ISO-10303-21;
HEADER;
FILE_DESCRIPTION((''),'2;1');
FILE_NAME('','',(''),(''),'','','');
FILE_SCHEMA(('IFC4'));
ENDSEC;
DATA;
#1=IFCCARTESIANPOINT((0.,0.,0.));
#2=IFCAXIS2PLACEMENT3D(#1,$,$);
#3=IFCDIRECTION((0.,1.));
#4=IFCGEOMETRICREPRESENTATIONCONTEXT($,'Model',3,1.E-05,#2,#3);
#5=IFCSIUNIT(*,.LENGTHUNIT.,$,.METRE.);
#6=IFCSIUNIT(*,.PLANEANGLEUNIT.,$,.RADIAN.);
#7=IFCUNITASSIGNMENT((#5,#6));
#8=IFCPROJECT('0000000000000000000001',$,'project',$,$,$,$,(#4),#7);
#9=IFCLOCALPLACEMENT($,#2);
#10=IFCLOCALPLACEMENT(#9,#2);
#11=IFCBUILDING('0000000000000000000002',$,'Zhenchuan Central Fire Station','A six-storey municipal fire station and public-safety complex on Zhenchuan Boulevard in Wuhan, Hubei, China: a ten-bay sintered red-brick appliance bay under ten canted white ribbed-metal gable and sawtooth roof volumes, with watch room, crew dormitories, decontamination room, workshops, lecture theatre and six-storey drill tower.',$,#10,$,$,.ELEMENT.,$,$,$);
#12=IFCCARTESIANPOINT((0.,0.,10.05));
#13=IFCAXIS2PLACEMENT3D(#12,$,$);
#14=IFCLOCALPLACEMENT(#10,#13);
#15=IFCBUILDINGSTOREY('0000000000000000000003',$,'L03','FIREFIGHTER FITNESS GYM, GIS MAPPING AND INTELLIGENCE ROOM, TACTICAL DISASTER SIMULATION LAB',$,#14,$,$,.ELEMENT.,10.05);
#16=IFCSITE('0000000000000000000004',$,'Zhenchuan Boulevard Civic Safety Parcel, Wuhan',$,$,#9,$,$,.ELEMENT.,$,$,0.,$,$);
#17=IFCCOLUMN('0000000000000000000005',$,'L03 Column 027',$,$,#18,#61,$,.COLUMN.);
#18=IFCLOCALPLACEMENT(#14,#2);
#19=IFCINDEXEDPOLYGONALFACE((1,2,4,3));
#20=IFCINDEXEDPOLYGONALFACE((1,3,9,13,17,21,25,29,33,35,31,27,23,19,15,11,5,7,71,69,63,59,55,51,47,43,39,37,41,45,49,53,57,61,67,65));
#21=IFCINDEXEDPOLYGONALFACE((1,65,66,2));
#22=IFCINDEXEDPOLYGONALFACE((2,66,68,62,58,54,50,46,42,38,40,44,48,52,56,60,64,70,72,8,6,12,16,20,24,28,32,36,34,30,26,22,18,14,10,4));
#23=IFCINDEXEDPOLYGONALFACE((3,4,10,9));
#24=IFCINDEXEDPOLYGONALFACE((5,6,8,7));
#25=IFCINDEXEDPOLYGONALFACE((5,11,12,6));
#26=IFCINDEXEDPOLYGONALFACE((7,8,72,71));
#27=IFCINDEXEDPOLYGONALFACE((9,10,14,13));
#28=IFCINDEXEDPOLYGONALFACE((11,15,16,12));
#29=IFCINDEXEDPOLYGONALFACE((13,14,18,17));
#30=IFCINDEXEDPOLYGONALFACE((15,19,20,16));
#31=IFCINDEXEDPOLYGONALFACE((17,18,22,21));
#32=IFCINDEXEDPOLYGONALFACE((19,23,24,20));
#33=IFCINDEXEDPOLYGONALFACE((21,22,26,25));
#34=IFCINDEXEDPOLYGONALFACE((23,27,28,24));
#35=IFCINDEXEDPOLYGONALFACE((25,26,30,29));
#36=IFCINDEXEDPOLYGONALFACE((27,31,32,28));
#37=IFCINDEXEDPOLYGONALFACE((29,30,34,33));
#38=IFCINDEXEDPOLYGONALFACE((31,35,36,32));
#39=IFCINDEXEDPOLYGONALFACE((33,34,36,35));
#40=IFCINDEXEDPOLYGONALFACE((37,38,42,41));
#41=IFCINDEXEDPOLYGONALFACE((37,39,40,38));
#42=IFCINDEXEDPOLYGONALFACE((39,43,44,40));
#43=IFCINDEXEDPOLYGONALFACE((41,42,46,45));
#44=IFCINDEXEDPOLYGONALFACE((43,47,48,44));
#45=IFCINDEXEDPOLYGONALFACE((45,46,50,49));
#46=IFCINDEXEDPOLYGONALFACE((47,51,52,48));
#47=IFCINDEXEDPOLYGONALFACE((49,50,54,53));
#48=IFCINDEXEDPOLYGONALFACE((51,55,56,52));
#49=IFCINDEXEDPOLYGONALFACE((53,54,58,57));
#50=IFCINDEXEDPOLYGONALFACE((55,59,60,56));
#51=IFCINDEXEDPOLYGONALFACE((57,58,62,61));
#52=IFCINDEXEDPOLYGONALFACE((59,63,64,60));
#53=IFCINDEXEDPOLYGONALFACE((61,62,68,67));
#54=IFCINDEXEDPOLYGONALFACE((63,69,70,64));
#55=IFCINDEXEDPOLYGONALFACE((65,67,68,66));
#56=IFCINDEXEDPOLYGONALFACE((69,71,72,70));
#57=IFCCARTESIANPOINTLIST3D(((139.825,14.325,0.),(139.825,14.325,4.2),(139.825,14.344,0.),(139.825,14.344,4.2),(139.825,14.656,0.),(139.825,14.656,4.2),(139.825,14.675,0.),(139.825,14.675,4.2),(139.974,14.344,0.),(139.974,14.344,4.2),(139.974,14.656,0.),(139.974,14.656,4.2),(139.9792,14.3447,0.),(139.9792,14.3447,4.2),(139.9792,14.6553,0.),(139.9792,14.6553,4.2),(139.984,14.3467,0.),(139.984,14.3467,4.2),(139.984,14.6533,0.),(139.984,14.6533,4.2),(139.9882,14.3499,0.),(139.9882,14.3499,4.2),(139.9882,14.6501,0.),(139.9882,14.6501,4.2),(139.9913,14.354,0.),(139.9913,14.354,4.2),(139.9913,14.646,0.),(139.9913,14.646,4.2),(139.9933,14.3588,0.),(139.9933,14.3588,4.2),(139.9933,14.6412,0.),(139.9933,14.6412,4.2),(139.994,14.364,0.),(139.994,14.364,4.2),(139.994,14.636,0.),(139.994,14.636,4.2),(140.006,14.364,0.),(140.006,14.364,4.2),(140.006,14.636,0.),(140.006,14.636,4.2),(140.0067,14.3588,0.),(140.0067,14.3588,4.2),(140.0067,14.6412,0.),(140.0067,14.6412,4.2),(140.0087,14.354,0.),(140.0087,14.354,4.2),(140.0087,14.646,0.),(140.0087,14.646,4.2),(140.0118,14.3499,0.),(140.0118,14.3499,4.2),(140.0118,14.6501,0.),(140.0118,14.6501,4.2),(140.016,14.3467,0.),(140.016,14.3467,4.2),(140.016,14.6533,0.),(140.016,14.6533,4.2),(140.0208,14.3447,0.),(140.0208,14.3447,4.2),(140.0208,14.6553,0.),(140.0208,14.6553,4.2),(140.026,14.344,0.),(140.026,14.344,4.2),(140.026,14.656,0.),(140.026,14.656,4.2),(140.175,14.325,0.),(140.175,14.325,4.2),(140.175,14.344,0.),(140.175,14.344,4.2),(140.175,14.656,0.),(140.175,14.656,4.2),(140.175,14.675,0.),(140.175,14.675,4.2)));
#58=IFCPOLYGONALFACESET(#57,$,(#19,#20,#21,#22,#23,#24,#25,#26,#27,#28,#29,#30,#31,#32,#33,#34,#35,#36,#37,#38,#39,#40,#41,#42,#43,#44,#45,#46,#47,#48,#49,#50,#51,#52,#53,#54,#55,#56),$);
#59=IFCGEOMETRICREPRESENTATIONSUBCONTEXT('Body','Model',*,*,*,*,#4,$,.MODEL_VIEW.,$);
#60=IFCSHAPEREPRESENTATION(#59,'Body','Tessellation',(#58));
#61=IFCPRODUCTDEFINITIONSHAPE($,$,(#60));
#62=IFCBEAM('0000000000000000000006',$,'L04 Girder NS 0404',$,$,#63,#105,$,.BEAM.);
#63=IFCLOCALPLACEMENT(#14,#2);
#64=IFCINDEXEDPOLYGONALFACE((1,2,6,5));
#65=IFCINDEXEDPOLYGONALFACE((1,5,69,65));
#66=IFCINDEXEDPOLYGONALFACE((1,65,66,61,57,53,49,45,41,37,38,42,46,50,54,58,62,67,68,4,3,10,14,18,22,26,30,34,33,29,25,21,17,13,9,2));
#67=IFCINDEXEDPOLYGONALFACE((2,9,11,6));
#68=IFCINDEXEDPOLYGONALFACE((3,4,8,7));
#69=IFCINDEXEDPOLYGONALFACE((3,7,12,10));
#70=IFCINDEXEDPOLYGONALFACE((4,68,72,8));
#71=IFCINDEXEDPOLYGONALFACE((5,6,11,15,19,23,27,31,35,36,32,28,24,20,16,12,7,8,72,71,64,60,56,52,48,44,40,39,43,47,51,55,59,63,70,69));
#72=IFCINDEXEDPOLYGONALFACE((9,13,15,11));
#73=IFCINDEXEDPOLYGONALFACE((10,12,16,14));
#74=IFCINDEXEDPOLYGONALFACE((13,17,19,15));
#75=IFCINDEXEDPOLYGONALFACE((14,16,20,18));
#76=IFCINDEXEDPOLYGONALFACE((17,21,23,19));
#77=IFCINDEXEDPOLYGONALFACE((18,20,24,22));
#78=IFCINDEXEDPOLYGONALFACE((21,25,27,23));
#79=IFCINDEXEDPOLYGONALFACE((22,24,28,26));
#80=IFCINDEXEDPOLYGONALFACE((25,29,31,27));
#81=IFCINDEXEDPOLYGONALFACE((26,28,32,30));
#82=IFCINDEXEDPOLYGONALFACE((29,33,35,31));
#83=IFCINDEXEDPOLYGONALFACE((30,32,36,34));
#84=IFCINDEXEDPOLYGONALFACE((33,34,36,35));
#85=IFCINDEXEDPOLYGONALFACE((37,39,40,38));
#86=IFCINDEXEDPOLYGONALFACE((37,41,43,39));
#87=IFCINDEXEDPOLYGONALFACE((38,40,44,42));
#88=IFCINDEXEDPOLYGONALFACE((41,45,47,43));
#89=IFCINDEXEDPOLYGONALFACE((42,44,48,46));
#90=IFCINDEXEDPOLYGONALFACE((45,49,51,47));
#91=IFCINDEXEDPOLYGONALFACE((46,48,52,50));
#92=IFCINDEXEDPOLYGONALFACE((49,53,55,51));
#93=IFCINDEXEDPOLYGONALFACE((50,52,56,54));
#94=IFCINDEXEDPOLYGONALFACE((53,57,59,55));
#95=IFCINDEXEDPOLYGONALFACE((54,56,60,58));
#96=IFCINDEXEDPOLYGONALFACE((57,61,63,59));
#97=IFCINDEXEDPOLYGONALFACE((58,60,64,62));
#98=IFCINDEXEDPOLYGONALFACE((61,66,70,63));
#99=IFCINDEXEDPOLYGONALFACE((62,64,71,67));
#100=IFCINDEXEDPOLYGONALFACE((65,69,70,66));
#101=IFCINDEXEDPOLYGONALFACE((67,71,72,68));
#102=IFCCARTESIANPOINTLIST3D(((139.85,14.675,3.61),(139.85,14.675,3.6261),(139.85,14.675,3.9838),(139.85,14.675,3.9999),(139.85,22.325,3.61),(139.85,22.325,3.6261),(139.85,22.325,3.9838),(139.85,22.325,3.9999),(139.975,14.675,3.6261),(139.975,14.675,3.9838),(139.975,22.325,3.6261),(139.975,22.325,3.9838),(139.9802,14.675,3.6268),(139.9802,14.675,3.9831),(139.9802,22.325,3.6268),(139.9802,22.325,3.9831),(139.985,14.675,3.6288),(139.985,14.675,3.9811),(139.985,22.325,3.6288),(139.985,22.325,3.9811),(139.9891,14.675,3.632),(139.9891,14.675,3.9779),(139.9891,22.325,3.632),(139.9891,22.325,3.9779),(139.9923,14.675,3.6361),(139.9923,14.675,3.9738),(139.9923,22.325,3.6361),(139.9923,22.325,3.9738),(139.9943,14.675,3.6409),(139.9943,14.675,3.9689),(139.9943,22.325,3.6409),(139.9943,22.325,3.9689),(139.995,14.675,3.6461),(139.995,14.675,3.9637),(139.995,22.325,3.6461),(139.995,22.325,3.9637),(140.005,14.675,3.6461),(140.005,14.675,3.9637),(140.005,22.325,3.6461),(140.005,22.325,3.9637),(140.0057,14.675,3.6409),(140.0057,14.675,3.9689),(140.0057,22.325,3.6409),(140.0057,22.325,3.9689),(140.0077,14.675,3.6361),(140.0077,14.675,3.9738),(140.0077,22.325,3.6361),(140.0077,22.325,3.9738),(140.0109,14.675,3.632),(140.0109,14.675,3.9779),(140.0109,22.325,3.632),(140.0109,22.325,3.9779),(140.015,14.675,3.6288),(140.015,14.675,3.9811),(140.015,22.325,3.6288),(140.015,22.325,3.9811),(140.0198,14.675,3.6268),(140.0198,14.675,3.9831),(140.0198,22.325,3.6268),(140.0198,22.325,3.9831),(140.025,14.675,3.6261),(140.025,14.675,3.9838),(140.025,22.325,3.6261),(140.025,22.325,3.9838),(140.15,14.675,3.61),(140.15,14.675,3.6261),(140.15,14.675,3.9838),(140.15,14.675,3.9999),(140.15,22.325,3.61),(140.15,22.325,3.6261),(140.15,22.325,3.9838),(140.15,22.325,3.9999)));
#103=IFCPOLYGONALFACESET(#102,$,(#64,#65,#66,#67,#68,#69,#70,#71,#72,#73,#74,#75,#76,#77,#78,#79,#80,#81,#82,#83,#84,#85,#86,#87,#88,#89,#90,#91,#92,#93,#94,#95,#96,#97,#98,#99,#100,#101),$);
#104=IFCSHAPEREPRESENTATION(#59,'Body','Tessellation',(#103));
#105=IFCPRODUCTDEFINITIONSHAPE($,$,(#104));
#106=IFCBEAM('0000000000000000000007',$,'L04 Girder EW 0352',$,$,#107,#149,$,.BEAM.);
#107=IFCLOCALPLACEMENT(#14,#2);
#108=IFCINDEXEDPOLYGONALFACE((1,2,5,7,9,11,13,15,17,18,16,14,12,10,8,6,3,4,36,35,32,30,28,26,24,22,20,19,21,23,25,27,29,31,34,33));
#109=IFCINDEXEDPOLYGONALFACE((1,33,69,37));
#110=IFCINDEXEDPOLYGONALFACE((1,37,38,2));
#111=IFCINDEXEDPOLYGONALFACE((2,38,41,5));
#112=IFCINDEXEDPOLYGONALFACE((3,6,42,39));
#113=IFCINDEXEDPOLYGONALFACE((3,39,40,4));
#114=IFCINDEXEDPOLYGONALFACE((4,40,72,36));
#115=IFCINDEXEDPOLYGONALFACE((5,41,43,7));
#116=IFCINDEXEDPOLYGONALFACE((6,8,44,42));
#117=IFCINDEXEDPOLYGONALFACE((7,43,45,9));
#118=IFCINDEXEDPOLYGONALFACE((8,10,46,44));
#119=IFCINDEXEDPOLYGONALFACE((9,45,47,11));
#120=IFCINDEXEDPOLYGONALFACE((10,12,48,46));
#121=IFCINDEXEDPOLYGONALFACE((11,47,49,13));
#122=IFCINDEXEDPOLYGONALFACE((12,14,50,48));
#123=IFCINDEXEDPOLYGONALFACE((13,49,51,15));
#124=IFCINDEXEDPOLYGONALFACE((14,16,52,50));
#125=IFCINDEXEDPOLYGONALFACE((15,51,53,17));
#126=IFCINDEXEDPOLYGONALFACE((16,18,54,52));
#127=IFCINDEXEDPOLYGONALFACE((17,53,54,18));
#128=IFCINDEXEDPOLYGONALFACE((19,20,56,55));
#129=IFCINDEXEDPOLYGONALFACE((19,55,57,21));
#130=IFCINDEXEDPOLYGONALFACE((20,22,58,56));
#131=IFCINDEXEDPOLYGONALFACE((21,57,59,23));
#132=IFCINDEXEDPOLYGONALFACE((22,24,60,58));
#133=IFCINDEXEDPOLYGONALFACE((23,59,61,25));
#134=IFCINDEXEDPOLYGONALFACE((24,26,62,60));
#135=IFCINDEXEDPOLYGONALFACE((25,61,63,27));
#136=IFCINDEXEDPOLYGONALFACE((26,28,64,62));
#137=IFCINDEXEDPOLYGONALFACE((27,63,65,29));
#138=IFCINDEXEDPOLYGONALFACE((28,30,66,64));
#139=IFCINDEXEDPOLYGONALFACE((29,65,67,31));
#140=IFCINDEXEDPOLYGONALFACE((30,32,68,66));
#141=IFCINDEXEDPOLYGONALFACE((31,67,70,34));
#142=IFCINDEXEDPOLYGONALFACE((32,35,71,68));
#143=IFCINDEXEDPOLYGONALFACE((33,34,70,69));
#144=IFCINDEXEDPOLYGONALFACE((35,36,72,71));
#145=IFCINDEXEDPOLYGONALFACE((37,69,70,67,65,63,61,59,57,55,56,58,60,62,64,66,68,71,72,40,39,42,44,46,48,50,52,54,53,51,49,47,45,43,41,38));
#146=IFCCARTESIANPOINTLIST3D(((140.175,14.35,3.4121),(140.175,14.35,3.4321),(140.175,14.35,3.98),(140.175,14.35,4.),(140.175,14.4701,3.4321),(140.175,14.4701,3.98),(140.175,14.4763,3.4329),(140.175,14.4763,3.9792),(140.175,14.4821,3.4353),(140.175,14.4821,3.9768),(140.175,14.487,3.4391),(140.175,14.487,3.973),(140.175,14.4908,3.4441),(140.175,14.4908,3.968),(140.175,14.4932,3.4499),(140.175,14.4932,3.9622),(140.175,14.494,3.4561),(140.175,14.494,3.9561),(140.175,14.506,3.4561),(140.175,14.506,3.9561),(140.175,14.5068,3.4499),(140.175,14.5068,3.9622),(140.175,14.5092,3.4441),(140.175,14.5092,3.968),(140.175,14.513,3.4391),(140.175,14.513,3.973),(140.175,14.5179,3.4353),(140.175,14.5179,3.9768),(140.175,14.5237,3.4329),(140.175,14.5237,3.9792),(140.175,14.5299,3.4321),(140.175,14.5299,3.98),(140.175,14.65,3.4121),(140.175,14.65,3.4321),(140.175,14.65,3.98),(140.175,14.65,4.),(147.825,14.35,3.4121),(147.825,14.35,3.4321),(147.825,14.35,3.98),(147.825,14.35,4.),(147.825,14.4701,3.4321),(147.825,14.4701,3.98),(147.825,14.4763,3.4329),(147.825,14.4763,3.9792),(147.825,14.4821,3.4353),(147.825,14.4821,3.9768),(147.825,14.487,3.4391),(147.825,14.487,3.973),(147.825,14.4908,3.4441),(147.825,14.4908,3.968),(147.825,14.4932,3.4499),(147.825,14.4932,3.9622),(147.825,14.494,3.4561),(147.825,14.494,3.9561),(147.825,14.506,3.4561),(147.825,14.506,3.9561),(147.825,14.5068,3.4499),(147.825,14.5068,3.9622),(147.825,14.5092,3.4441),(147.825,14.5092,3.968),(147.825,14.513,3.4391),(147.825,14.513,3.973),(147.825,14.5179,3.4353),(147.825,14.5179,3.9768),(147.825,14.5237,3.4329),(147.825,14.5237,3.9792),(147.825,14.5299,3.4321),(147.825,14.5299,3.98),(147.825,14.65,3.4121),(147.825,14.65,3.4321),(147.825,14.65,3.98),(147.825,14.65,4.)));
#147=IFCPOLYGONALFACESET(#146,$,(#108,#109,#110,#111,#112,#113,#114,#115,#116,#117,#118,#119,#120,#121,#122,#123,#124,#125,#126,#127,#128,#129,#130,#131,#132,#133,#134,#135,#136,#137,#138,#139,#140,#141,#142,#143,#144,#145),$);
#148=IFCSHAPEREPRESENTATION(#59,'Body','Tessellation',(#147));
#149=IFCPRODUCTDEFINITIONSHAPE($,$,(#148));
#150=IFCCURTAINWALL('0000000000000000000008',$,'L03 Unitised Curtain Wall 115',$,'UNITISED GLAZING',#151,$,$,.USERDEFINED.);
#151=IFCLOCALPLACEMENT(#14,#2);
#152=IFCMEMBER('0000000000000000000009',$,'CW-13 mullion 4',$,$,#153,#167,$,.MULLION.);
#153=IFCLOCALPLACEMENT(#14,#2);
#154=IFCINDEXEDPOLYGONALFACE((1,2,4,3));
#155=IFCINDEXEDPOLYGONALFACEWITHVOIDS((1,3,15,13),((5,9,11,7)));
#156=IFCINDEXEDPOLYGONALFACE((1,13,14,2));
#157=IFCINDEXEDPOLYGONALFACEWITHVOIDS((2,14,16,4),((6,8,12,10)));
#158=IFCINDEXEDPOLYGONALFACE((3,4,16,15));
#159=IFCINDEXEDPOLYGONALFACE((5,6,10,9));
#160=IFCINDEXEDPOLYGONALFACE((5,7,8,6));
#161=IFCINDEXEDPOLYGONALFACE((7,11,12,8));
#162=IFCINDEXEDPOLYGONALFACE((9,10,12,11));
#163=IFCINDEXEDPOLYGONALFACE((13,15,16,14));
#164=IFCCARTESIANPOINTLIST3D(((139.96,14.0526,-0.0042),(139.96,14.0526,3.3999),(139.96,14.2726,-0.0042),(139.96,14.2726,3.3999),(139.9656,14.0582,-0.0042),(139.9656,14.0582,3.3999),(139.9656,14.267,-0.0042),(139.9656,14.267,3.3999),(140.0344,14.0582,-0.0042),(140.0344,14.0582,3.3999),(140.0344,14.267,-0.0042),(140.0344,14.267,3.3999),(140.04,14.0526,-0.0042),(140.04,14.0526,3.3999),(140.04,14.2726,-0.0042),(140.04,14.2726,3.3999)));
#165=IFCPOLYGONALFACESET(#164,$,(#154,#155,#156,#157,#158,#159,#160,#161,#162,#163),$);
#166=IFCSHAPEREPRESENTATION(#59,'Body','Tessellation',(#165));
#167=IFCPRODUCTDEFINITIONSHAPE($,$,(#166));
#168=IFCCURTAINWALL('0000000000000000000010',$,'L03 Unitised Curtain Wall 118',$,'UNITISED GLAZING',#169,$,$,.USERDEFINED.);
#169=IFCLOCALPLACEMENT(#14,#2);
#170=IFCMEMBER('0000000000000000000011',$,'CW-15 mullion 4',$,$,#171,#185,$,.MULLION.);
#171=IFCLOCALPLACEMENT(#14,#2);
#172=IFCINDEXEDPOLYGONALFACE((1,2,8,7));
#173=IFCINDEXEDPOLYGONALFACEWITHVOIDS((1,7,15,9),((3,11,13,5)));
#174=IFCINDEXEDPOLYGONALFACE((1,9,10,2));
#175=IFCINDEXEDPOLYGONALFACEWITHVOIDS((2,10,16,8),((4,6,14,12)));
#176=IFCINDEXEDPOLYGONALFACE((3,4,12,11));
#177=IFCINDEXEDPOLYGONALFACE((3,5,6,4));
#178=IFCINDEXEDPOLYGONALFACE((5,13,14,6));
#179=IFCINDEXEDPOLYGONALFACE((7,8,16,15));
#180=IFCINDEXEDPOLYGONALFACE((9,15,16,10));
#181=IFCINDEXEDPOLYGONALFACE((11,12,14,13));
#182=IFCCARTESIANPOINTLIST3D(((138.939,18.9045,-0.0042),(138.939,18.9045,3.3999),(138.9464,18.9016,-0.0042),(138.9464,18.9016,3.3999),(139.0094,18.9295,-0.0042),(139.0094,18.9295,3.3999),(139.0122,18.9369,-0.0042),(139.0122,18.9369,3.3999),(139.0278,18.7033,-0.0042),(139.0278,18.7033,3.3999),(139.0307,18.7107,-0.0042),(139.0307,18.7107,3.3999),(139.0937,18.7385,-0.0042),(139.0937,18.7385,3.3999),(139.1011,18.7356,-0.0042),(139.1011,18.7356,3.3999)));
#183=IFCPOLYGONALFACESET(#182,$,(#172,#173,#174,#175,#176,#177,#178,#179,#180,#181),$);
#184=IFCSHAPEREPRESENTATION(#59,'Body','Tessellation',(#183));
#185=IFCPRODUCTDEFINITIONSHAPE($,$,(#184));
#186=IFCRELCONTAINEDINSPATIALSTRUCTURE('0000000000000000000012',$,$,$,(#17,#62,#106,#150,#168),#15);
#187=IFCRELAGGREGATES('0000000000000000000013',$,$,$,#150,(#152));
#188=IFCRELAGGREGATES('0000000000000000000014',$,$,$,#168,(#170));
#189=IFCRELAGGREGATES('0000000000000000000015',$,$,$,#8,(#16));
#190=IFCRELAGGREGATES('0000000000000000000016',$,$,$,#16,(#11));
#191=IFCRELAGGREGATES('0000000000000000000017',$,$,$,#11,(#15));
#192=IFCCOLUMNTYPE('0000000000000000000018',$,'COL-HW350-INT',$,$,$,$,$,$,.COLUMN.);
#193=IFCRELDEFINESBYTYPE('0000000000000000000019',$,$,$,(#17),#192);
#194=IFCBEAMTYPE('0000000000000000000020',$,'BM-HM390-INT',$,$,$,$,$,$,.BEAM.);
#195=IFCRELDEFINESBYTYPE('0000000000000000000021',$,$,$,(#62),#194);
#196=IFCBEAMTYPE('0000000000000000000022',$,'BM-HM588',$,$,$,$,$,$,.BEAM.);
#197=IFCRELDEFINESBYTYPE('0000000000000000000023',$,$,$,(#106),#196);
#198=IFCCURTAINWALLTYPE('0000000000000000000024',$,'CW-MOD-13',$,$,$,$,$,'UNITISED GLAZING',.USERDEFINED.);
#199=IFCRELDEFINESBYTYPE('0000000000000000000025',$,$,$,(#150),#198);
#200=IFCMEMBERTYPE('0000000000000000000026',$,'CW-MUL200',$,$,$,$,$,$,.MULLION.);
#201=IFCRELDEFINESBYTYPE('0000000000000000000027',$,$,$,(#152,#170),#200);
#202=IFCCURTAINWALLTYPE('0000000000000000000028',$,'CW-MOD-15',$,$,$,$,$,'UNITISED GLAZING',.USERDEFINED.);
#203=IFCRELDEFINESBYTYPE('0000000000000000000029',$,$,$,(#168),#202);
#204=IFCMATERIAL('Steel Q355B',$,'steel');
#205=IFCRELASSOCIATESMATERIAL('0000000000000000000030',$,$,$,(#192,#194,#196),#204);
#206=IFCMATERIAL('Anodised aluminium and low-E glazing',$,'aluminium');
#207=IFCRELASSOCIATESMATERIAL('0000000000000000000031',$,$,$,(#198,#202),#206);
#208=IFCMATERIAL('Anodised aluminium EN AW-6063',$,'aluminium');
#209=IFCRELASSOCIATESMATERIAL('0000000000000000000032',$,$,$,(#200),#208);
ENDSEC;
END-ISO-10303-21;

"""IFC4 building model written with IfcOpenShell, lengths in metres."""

from ifc_helpers import new_model, si_unit, direction, frame, origin, origin_2d, place, context, subcontext, project, spatial, hollow_rectangle, i_section, extrude, material, material_profile, profile_set, type_object, element, aggregate, save


model = new_model("IFC4")

# Units and contexts
model_context = context("Model", 3, precision=1e-05, world=origin(), true_north=direction((0.0, 1.0)))
body_context = subcontext(model_context, "Body", "Model", "MODEL_VIEW")
ifc_project = project(units=[si_unit("LENGTHUNIT", "METRE"), si_unit("PLANEANGLEUNIT", "RADIAN")], contexts=[model_context])

# Site, building, storey
site_placement = place(None, origin())
site = spatial("IfcSite", under=ifc_project, at=site_placement, Name="Zhenchuan Boulevard Civic Safety Parcel, Wuhan", CompositionType="ELEMENT", RefElevation=0.0)
building_placement = place(site_placement, origin())
building = spatial("IfcBuilding", under=site, at=building_placement, Name="Zhenchuan Central Fire Station", Description="A six-storey municipal fire station and public-safety complex on Zhenchuan Boulevard in Wuhan, Hubei, China: a ten-bay sintered red-brick appliance bay under ten canted white ribbed-metal gable and sawtooth roof volumes, with watch room, crew dormitories, decontamination room, workshops, lecture theatre and six-storey drill tower.", CompositionType="ELEMENT")
storey_placement = place(building_placement, frame((0.0, 0.0, 10.05)))
storey = spatial("IfcBuildingStorey", under=building, at=storey_placement, Name="L03", Description="FIREFIGHTER FITNESS GYM, GIS MAPPING AND INTELLIGENCE ROOM, TACTICAL DISASTER SIMULATION LAB", CompositionType="ELEMENT", Elevation=10.05)

# Column
ifc_material_1 = material(Name="Steel Q355B", Category="steel")
ifc_material_profile_1 = material_profile(ifc_material_1, i_section(OverallWidth=0.3501, OverallDepth=0.3501, WebThickness=0.012, FlangeThickness=0.019, FilletRadius=0.02, at=origin_2d()), Name="HW 350x350")
ifc_profile_set_1 = profile_set([ifc_material_profile_1], Name="Steel Q355B")
column_type = type_object("IfcColumnType", Name="COL-HW350-INT", PredefinedType="COLUMN", material=ifc_profile_set_1)
column_placement = place(storey_placement, frame((140.0, 14.5, 0.0), z_axis=(0.0, 0.0, 1.0), x_axis=(1.0, 0.0, 0.0)))
element("IfcColumn", 1, at=column_placement, inside=storey, type_object=column_type, Name="L03 Column 027", PredefinedType="COLUMN", context=body_context, shape_type="SweptSolid", body=[
    extrude(i_section(OverallWidth=0.3501, OverallDepth=0.3501, WebThickness=0.012, FlangeThickness=0.019, FilletRadius=0.02, at=origin_2d()), origin(), (0.0, 0.0, 1.0), 4.2),
])

# Beams
ifc_material_profile_2 = material_profile(ifc_material_1, i_section(OverallWidth=0.3, OverallDepth=0.3899, WebThickness=0.01, FlangeThickness=0.0161, FilletRadius=0.02, at=origin_2d()), Name="HM 390x300")
ifc_profile_set_2 = profile_set([ifc_material_profile_2], Name="Steel Q355B")
beam_type_1 = type_object("IfcBeamType", Name="BM-HM390-INT", PredefinedType="BEAM", material=ifc_profile_set_2)
beam_1_placement = place(storey_placement, frame((140.0, 14.675, 3.8049), z_axis=(0.0, 1.0, 0.0), x_axis=(-1.0, 0.0, 0.0)))
element("IfcBeam", 2, at=beam_1_placement, inside=storey, type_object=beam_type_1, Name="L04 Girder NS 0404", PredefinedType="BEAM", context=body_context, shape_type="SweptSolid", body=[
    extrude(i_section(OverallWidth=0.3, OverallDepth=0.3899, WebThickness=0.01, FlangeThickness=0.0161, FilletRadius=0.02, at=origin_2d()), origin(), (0.0, 0.0, 1.0), 7.6499),
])
ifc_material_profile_3 = material_profile(ifc_material_1, i_section(OverallWidth=0.3, OverallDepth=0.5879, WebThickness=0.012, FlangeThickness=0.02, FilletRadius=0.0239, at=origin_2d()), Name="HM 588x300")
ifc_profile_set_3 = profile_set([ifc_material_profile_3], Name="Steel Q355B")
beam_type_2 = type_object("IfcBeamType", Name="BM-HM588", PredefinedType="BEAM", material=ifc_profile_set_3)
beam_2_placement = place(storey_placement, frame((140.175, 14.5, 3.7061), z_axis=(1.0, 0.0, 0.0), x_axis=(0.0, 1.0, 0.0)))
element("IfcBeam", 3, at=beam_2_placement, inside=storey, type_object=beam_type_2, Name="L04 Girder EW 0352", PredefinedType="BEAM", context=body_context, shape_type="SweptSolid", body=[
    extrude(i_section(OverallWidth=0.3, OverallDepth=0.5879, WebThickness=0.012, FlangeThickness=0.02, FilletRadius=0.0239, at=origin_2d()), origin(), (0.0, 0.0, 1.0), 7.6499),
])

# Curtain wall, member
ifc_material_2 = material(Name="Anodised aluminium and low-E glazing", Category="aluminium")
curtain_wall_type_1 = type_object("IfcCurtainWallType", Name="CW-MOD-13", ElementType="UNITISED GLAZING", PredefinedType="USERDEFINED", material=ifc_material_2)
curtain_wall_1_placement = place(storey_placement, origin())
curtain_wall_1 = element("IfcCurtainWall", 4, at=curtain_wall_1_placement, inside=storey, type_object=curtain_wall_type_1, Name="L03 Unitised Curtain Wall 115", ObjectType="UNITISED GLAZING", PredefinedType="USERDEFINED")
ifc_material_3 = material(Name="Anodised aluminium EN AW-6063", Category="aluminium")
ifc_material_profile_4 = material_profile(ifc_material_3, hollow_rectangle(XDim=0.0801, YDim=0.22, WallThickness=0.0056, at=origin_2d()), Name="ALU-M 220x80")
ifc_profile_set_4 = profile_set([ifc_material_profile_4], Name="Anodised aluminium EN AW-6063")
member_type_1 = type_object("IfcMemberType", Name="CW-MUL200", PredefinedType="MULLION", material=ifc_profile_set_4)
member_1_placement = place(storey_placement, frame((140.0, 14.1626, -0.0042), z_axis=(0.0, 0.0, 1.0), x_axis=(-1.0, 0.0, 0.0)))
member_1 = element("IfcMember", 5, at=member_1_placement, type_object=member_type_1, Name="CW-13 mullion 4", PredefinedType="MULLION", context=body_context, shape_type="SweptSolid", body=[
    extrude(hollow_rectangle(XDim=0.0801, YDim=0.22, WallThickness=0.0056, at=origin_2d()), origin(), (0.0, 0.0, 1.0), 3.4041),
])

# Curtain wall, member
curtain_wall_type_2 = type_object("IfcCurtainWallType", Name="CW-MOD-15", ElementType="UNITISED GLAZING", PredefinedType="USERDEFINED", material=ifc_material_2)
curtain_wall_2_placement = place(storey_placement, origin())
curtain_wall_2 = element("IfcCurtainWall", 6, at=curtain_wall_2_placement, inside=storey, type_object=curtain_wall_type_2, Name="L03 Unitised Curtain Wall 118", ObjectType="UNITISED GLAZING", PredefinedType="USERDEFINED")
member_2_placement = place(storey_placement, frame((139.02, 18.8201, -0.0042), z_axis=(0.0, 0.0, 1.0), x_axis=(0.914828, 0.403843, 0.0)))
member_2 = element("IfcMember", 7, at=member_2_placement, type_object=member_type_1, Name="CW-15 mullion 4", PredefinedType="MULLION", context=body_context, shape_type="SweptSolid", body=[
    extrude(hollow_rectangle(XDim=0.0801, YDim=0.22, WallThickness=0.0056, at=origin_2d()), origin(), (0.0, 0.0, 1.0), 3.4041),
])

aggregate(curtain_wall_1, [member_1])
aggregate(curtain_wall_2, [member_2])

save(model, "model.ifc")
